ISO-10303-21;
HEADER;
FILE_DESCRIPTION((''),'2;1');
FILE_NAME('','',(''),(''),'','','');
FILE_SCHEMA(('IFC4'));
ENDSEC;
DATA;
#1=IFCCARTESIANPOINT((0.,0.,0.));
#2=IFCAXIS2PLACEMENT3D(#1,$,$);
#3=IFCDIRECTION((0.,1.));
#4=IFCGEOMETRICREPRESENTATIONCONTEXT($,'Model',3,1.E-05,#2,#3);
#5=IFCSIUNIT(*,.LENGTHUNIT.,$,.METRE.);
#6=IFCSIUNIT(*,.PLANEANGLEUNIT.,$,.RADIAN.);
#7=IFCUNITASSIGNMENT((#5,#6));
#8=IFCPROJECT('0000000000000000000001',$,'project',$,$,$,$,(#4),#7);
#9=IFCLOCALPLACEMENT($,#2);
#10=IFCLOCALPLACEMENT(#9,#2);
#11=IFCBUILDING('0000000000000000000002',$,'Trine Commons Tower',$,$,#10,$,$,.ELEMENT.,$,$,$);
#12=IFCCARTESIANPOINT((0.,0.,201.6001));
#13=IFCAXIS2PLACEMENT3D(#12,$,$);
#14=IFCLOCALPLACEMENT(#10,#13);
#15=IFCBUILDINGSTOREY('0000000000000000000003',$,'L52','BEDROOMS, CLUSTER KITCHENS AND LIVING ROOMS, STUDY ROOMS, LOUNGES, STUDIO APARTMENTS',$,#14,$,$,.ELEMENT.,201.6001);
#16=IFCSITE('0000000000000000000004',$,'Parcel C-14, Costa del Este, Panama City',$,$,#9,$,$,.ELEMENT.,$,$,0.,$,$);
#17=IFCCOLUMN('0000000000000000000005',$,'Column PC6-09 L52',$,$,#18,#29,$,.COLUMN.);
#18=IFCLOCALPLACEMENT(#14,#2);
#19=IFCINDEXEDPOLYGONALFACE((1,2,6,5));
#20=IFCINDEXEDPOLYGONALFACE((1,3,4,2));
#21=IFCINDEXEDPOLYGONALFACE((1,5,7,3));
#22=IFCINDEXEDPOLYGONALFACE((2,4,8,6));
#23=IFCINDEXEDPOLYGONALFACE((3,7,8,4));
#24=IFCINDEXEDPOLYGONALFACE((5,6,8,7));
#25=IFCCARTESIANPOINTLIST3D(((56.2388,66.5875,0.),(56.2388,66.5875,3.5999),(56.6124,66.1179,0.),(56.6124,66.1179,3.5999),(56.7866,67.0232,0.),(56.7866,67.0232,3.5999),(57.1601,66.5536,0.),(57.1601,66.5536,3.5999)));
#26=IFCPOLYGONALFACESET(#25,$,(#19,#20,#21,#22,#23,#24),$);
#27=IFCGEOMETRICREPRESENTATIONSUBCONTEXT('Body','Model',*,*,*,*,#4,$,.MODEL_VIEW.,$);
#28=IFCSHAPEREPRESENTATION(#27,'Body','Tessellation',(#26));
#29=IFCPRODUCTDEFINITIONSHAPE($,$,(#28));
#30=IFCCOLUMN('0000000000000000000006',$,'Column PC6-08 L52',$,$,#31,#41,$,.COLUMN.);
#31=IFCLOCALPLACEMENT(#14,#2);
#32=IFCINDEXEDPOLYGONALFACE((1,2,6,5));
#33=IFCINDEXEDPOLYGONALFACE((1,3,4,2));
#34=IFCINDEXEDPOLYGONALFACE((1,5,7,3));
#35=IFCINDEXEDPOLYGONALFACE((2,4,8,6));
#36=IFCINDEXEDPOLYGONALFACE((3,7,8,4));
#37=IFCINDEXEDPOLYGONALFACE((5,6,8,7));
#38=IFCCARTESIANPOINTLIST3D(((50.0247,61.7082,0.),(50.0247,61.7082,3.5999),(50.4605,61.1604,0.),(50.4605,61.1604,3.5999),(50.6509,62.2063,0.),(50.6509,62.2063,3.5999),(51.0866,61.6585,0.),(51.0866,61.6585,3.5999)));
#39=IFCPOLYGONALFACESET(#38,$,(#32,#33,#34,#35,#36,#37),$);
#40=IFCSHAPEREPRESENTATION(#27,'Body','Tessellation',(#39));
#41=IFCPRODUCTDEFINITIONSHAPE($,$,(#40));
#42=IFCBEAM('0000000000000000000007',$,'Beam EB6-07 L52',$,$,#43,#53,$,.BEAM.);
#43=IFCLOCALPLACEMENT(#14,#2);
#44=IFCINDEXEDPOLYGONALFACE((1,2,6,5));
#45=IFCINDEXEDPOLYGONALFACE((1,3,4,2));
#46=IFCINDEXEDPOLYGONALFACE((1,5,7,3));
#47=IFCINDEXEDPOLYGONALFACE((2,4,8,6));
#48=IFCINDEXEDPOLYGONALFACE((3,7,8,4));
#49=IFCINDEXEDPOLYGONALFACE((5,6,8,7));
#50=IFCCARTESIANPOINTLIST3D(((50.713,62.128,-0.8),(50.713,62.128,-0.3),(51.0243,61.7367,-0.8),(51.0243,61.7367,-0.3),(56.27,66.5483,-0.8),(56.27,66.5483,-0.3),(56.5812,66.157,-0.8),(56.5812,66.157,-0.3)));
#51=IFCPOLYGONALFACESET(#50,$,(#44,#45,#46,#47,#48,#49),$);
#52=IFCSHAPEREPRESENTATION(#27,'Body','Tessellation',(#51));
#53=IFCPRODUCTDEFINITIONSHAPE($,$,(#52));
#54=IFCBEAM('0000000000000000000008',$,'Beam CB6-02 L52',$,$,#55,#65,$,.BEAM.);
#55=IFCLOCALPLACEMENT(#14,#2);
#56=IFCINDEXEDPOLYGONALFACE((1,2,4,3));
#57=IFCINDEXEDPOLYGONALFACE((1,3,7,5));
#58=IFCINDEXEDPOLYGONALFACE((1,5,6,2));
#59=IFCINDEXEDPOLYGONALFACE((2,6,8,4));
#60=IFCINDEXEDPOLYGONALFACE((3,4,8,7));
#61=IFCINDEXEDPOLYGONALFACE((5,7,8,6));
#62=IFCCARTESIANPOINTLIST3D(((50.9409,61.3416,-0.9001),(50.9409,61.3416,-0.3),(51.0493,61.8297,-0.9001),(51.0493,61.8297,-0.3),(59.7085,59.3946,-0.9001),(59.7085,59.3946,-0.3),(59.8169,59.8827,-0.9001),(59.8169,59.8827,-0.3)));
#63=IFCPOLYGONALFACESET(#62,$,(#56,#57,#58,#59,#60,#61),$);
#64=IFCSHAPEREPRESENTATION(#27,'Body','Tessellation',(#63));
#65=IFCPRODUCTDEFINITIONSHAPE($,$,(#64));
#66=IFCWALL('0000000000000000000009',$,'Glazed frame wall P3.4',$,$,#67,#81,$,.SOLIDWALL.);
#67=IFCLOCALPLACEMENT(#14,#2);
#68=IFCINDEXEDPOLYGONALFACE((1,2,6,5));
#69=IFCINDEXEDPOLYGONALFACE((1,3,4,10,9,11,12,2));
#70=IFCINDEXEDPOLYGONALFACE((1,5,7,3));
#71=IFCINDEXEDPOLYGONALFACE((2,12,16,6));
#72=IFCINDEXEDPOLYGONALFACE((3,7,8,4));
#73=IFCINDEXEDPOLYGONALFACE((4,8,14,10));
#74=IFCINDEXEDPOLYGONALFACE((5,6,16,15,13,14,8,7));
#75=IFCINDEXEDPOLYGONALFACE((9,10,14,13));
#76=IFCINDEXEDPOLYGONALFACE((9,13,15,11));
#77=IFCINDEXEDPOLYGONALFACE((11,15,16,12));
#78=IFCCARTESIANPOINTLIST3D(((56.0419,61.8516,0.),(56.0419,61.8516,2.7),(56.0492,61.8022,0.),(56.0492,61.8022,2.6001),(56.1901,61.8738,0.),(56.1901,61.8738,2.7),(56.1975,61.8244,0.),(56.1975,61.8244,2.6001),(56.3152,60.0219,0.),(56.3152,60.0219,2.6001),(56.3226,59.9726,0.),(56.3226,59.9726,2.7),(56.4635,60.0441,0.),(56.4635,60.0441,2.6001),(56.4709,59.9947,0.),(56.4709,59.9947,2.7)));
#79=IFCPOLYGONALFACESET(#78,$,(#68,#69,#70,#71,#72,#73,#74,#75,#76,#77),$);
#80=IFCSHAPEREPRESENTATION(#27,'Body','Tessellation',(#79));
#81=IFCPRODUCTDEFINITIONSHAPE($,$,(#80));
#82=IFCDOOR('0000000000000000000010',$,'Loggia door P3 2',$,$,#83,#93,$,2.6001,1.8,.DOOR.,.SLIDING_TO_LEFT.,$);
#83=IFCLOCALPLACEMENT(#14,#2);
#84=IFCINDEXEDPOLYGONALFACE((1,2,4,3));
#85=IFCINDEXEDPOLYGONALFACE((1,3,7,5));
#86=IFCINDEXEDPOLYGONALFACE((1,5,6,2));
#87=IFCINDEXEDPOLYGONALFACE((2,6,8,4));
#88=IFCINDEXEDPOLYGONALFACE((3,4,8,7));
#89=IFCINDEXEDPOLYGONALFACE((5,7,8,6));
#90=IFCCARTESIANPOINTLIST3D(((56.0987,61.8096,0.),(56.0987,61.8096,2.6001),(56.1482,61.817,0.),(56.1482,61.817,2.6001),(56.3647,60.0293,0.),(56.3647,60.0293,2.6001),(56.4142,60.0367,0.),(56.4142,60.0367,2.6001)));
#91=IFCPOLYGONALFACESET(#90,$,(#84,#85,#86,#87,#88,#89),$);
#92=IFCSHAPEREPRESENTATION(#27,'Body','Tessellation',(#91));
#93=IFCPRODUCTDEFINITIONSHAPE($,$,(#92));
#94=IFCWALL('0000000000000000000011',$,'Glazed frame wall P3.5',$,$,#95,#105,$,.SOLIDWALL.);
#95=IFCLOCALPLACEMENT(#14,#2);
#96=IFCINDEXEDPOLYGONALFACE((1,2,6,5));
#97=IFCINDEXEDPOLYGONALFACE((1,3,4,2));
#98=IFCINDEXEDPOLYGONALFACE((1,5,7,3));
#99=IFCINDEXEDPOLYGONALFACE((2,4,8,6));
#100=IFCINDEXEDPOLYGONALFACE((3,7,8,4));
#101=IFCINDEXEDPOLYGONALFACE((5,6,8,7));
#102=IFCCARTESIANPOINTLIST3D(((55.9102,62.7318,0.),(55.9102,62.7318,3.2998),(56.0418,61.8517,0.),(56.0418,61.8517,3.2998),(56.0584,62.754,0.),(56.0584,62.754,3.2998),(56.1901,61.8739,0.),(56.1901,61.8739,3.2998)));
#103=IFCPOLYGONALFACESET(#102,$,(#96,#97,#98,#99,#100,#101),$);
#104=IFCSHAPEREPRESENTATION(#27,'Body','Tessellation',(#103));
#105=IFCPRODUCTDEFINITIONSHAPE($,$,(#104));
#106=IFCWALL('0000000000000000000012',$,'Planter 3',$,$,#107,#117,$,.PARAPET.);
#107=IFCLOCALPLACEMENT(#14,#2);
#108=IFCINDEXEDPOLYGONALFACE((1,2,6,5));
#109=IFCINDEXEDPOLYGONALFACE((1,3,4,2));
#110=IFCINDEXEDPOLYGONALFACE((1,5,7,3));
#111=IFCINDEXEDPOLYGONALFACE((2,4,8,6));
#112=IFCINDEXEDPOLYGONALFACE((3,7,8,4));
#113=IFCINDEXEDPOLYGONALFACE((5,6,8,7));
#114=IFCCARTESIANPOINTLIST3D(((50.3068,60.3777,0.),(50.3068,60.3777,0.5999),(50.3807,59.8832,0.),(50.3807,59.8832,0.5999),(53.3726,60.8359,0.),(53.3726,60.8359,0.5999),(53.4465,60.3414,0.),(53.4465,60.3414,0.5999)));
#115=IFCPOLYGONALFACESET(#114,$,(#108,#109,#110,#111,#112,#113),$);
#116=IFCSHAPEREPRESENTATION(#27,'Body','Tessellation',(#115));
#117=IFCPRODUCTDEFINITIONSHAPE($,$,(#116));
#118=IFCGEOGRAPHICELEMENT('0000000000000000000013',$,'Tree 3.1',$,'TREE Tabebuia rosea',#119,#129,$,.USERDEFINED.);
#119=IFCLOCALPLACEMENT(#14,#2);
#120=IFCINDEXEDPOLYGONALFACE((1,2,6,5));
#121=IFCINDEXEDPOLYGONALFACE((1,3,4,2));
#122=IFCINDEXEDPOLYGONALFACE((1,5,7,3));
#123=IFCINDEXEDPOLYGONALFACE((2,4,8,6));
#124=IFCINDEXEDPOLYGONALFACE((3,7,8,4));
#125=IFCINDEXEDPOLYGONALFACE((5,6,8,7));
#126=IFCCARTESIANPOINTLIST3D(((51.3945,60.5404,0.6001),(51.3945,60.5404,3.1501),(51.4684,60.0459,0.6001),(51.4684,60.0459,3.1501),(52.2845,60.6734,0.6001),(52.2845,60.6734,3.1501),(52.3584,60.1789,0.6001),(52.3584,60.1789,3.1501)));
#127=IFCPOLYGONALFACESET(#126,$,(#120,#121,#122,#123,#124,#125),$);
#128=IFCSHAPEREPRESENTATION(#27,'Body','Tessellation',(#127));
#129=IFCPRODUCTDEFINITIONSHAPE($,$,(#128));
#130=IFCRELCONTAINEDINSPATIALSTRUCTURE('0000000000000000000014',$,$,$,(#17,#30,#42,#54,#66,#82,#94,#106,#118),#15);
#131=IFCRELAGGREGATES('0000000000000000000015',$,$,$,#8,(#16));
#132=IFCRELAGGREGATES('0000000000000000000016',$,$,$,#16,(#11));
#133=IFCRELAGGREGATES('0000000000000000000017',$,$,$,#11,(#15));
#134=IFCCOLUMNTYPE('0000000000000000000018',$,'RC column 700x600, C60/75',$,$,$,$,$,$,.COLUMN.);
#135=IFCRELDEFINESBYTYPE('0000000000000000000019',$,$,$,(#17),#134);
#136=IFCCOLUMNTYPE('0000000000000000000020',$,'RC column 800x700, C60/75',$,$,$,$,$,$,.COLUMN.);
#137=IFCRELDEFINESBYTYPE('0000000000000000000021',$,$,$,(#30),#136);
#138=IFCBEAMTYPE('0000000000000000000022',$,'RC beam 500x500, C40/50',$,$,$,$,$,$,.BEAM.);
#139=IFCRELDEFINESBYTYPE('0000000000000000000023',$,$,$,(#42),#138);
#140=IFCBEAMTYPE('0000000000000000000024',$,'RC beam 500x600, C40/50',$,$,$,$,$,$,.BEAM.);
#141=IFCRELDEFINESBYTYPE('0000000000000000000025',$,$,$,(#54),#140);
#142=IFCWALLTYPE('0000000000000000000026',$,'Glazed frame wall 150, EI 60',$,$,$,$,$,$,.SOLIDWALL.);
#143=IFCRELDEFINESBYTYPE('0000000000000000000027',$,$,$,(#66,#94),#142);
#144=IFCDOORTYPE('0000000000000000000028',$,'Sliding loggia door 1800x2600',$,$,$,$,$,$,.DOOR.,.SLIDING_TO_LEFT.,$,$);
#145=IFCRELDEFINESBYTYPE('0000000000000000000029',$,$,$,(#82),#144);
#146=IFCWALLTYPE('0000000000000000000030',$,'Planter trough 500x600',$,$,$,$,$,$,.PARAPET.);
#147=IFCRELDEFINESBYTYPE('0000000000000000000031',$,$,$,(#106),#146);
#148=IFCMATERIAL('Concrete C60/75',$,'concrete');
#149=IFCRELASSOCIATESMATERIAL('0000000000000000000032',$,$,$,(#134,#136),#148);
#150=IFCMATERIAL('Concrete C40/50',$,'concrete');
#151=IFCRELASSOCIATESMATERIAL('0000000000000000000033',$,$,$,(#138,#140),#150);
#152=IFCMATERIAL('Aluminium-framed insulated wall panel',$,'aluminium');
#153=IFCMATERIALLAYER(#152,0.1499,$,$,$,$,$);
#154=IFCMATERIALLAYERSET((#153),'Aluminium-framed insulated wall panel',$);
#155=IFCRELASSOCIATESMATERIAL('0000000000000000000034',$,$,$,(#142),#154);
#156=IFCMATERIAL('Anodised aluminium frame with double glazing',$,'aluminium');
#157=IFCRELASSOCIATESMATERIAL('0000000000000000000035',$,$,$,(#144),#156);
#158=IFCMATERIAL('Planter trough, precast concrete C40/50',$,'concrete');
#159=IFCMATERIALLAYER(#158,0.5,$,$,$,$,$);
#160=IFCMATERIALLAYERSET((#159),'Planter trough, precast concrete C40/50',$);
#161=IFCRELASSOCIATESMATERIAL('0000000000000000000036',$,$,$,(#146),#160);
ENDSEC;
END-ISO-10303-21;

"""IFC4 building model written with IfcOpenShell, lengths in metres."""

from ifc_helpers import new_model, si_unit, direction, frame, frame_2d, origin, origin_2d, place, context, subcontext, project, spatial, polyline, rectangle, outline, extrude, material, layer, layer_set, material_profile, profile_set, type_object, element, fill, save


model = new_model("IFC4")

# Units and contexts
model_context = context("Model", 3, precision=1e-05, world=origin(), true_north=direction((0.0, 1.0)))
body_context = subcontext(model_context, "Body", "Model", "MODEL_VIEW")
ifc_project = project(units=[si_unit("LENGTHUNIT", "METRE"), si_unit("PLANEANGLEUNIT", "RADIAN")], contexts=[model_context])

# Site, building, storey
site_placement = place(None, origin())
site = spatial("IfcSite", under=ifc_project, at=site_placement, Name="Parcel C-14, Costa del Este, Panama City", CompositionType="ELEMENT", RefElevation=0.0)
building_placement = place(site_placement, origin())
building = spatial("IfcBuilding", under=site, at=building_placement, Name="Trine Commons Tower", CompositionType="ELEMENT")
storey_placement = place(building_placement, frame((0.0, 0.0, 201.6001)))
storey = spatial("IfcBuildingStorey", under=building, at=storey_placement, Name="L52", Description="BEDROOMS, CLUSTER KITCHENS AND LIVING ROOMS, STUDY ROOMS, LOUNGES, STUDIO APARTMENTS", CompositionType="ELEMENT", Elevation=201.6001)

# Columns
ifc_material_1 = material(Name="Concrete C60/75", Category="concrete")
ifc_material_profile_1 = material_profile(ifc_material_1, rectangle(XDim=0.7, YDim=0.6001, at=origin_2d()), Name="RC 700x600")
ifc_profile_set_1 = profile_set([ifc_material_profile_1], Name="Concrete C60/75")
column_type_1 = type_object("IfcColumnType", Name="RC column 700x600, C60/75", PredefinedType="COLUMN", material=ifc_profile_set_1)
column_1_placement = place(storey_placement, frame((56.6995, 66.5706, 0.0), z_axis=(0.0, 0.0, 1.0), x_axis=(0.782608, 0.622515, 0.0)))
element("IfcColumn", 1, at=column_1_placement, inside=storey, type_object=column_type_1, Name="Column PC6-09 L52", PredefinedType="COLUMN", context=body_context, shape_type="SweptSolid", body=[
    extrude(rectangle(XDim=0.7, YDim=0.6001, at=origin_2d()), origin(), (0.0, 0.0, 1.0), 3.5999),
])
ifc_material_profile_2 = material_profile(ifc_material_1, rectangle(XDim=0.8, YDim=0.7, at=origin_2d()), Name="RC 800x700")
ifc_profile_set_2 = profile_set([ifc_material_profile_2], Name="Concrete C60/75")
column_type_2 = type_object("IfcColumnType", Name="RC column 800x700, C60/75", PredefinedType="COLUMN", material=ifc_profile_set_2)
column_2_placement = place(storey_placement, frame((50.5557, 61.6833, 0.0), z_axis=(0.0, 0.0, 1.0), x_axis=(0.782608, 0.622515, 0.0)))
element("IfcColumn", 2, at=column_2_placement, inside=storey, type_object=column_type_2, Name="Column PC6-08 L52", PredefinedType="COLUMN", context=body_context, shape_type="SweptSolid", body=[
    extrude(rectangle(XDim=0.8, YDim=0.7, at=origin_2d()), origin(), (0.0, 0.0, 1.0), 3.5999),
])

# Beams
ifc_material_2 = material(Name="Concrete C40/50", Category="concrete")
ifc_material_profile_3 = material_profile(ifc_material_2, rectangle(XDim=0.5, YDim=0.5, at=origin_2d()), Name="RC 500x500")
ifc_profile_set_3 = profile_set([ifc_material_profile_3], Name="Concrete C40/50")
beam_type_1 = type_object("IfcBeamType", Name="RC beam 500x500, C40/50", PredefinedType="BEAM", material=ifc_profile_set_3)
beam_1_placement = place(storey_placement, frame((50.8687, 61.9324, -0.55), z_axis=(0.782607, 0.622516, 0.0), x_axis=(-0.622516, 0.782607, 0.0)))
element("IfcBeam", 3, at=beam_1_placement, inside=storey, type_object=beam_type_1, Name="Beam EB6-07 L52", PredefinedType="BEAM", context=body_context, shape_type="SweptSolid", body=[
    extrude(rectangle(XDim=0.5, YDim=0.5, at=origin_2d()), origin(), (0.0, 0.0, 1.0), 7.1006),
])
ifc_material_profile_4 = material_profile(ifc_material_2, rectangle(XDim=0.5, YDim=0.6001, at=origin_2d()), Name="RC 500x600")
ifc_profile_set_4 = profile_set([ifc_material_profile_4], Name="Concrete C40/50")
beam_type_2 = type_object("IfcBeamType", Name="RC beam 500x600, C40/50", PredefinedType="BEAM", material=ifc_profile_set_4)
beam_2_placement = place(storey_placement, frame((50.9951, 61.5857, -0.6001), z_axis=(0.976218, -0.216789, 0.0), x_axis=(0.216789, 0.976218, 0.0)))
element("IfcBeam", 4, at=beam_2_placement, inside=storey, type_object=beam_type_2, Name="Beam CB6-02 L52", PredefinedType="BEAM", context=body_context, shape_type="SweptSolid", body=[
    extrude(rectangle(XDim=0.5, YDim=0.6001, at=origin_2d()), origin(), (0.0, 0.0, 1.0), 8.9812),
])

# Shared definitions
ifc_material_3 = material(Name="Aluminium-framed insulated wall panel", Category="aluminium")
ifc_layer_1 = layer(ifc_material_3, 0.1499)
ifc_layer_set_1 = layer_set([ifc_layer_1], Name="Aluminium-framed insulated wall panel")
wall_type_1 = type_object("IfcWallType", Name="Glazed frame wall 150, EI 60", PredefinedType="SOLIDWALL", material=ifc_layer_set_1)
ifc_material_4 = material(Name="Anodised aluminium frame with double glazing", Category="aluminium")
door_type = type_object("IfcDoorType", Name="Sliding loggia door 1800x2600", OperationType="SLIDING_TO_LEFT", PredefinedType="DOOR", material=ifc_material_4)

# Wall, opening, door
wall_1_placement = place(storey_placement, frame((56.3967, 59.9836, 0.0), z_axis=(0.0, 0.0, 1.0), x_axis=(-0.147769, 0.989022, 0.0)))
wall_1 = element("IfcWall", 5, at=wall_1_placement, inside=storey, type_object=wall_type_1, Name="Glazed frame wall P3.4", PredefinedType="SOLIDWALL", context=body_context, shape_type="SweptSolid", body=[
    extrude(outline(polyline([(0.0, -0.075), (1.8999, -0.075), (1.8999, 0.075), (0.0, 0.075), (0.0, -0.075)])), origin(), (0.0, 0.0, 1.0), 2.7),
])
opening_1_placement = place(wall_1_placement, frame((0.05, 0.0, 0.0)))
opening_1 = element("IfcOpeningElement", 6, at=opening_1_placement, cuts=wall_1, PredefinedType="OPENING", context=body_context, shape_type="SweptSolid", body=[
    extrude(rectangle(XDim=1.8, YDim=2.6001, at=frame_2d((0.8999, 1.3))), frame((0.0, 0.085, 0.0), z_axis=(0.0, -1.0, 0.0), x_axis=(1.0, 0.0, 0.0)), (0.0, 0.0, 1.0), 0.1699),
])
door_1_placement = place(opening_1_placement, origin())
door_1 = element("IfcDoor", 7, at=door_1_placement, inside=storey, type_object=door_type, Name="Loggia door P3 2", OperationType="SLIDING_TO_LEFT", OverallHeight=2.6001, OverallWidth=1.8, PredefinedType="DOOR", context=body_context, shape_type="SweptSolid", body=[
    extrude(rectangle(XDim=1.8, YDim=2.6001, at=frame_2d((0.8999, 1.3))), frame((0.0, 0.0249, 0.0), z_axis=(0.0, -1.0, 0.0), x_axis=(1.0, 0.0, 0.0)), (0.0, 0.0, 1.0), 0.05),
])
fill(opening_1, door_1)

# Walls
wall_2_placement = place(storey_placement, frame((56.116, 61.8628, 0.0), z_axis=(0.0, 0.0, 1.0), x_axis=(-0.147946, 0.988995, 0.0)))
element("IfcWall", 8, at=wall_2_placement, inside=storey, type_object=wall_type_1, Name="Glazed frame wall P3.5", PredefinedType="SOLIDWALL", context=body_context, shape_type="SweptSolid", body=[
    extrude(outline(polyline([(0.8899, 0.075), (0.0, 0.075), (0.0, -0.075), (0.8899, -0.075), (0.8899, 0.075)])), origin(), (0.0, 0.0, 1.0), 3.2998),
])
ifc_material_5 = material(Name="Planter trough, precast concrete C40/50", Category="concrete")
ifc_layer_2 = layer(ifc_material_5, 0.5)
ifc_layer_set_2 = layer_set([ifc_layer_2], Name="Planter trough, precast concrete C40/50")
wall_type_2 = type_object("IfcWallType", Name="Planter trough 500x600", PredefinedType="PARAPET", material=ifc_layer_set_2)
wall_3_placement = place(storey_placement, frame((53.4094, 60.5886, 0.0), z_axis=(0.0, 0.0, 1.0), x_axis=(-0.989014, -0.147824, 0.0)))
element("IfcWall", 9, at=wall_3_placement, inside=storey, type_object=wall_type_2, Name="Planter 3", PredefinedType="PARAPET", context=body_context, shape_type="SweptSolid", body=[
    extrude(rectangle(XDim=3.0999, YDim=0.5, at=frame_2d((1.5498, 0.0))), origin(), (0.0, 0.0, 1.0), 0.5999),
])

# Geographic element
geographic_element_placement = place(storey_placement, frame((51.8765, 60.3596, 0.6001), z_axis=(0.0, 0.0, 1.0), x_axis=(-0.989015, -0.147816, 0.0)))
element("IfcGeographicElement", 10, at=geographic_element_placement, inside=storey, Name="Tree 3.1", ObjectType="TREE Tabebuia rosea", PredefinedType="USERDEFINED", context=body_context, shape_type="SweptSolid", body=[
    extrude(rectangle(XDim=0.8999, YDim=0.5, at=origin_2d()), origin(), (0.0, 0.0, 1.0), 2.55),
])

save(model, "model.ifc")
